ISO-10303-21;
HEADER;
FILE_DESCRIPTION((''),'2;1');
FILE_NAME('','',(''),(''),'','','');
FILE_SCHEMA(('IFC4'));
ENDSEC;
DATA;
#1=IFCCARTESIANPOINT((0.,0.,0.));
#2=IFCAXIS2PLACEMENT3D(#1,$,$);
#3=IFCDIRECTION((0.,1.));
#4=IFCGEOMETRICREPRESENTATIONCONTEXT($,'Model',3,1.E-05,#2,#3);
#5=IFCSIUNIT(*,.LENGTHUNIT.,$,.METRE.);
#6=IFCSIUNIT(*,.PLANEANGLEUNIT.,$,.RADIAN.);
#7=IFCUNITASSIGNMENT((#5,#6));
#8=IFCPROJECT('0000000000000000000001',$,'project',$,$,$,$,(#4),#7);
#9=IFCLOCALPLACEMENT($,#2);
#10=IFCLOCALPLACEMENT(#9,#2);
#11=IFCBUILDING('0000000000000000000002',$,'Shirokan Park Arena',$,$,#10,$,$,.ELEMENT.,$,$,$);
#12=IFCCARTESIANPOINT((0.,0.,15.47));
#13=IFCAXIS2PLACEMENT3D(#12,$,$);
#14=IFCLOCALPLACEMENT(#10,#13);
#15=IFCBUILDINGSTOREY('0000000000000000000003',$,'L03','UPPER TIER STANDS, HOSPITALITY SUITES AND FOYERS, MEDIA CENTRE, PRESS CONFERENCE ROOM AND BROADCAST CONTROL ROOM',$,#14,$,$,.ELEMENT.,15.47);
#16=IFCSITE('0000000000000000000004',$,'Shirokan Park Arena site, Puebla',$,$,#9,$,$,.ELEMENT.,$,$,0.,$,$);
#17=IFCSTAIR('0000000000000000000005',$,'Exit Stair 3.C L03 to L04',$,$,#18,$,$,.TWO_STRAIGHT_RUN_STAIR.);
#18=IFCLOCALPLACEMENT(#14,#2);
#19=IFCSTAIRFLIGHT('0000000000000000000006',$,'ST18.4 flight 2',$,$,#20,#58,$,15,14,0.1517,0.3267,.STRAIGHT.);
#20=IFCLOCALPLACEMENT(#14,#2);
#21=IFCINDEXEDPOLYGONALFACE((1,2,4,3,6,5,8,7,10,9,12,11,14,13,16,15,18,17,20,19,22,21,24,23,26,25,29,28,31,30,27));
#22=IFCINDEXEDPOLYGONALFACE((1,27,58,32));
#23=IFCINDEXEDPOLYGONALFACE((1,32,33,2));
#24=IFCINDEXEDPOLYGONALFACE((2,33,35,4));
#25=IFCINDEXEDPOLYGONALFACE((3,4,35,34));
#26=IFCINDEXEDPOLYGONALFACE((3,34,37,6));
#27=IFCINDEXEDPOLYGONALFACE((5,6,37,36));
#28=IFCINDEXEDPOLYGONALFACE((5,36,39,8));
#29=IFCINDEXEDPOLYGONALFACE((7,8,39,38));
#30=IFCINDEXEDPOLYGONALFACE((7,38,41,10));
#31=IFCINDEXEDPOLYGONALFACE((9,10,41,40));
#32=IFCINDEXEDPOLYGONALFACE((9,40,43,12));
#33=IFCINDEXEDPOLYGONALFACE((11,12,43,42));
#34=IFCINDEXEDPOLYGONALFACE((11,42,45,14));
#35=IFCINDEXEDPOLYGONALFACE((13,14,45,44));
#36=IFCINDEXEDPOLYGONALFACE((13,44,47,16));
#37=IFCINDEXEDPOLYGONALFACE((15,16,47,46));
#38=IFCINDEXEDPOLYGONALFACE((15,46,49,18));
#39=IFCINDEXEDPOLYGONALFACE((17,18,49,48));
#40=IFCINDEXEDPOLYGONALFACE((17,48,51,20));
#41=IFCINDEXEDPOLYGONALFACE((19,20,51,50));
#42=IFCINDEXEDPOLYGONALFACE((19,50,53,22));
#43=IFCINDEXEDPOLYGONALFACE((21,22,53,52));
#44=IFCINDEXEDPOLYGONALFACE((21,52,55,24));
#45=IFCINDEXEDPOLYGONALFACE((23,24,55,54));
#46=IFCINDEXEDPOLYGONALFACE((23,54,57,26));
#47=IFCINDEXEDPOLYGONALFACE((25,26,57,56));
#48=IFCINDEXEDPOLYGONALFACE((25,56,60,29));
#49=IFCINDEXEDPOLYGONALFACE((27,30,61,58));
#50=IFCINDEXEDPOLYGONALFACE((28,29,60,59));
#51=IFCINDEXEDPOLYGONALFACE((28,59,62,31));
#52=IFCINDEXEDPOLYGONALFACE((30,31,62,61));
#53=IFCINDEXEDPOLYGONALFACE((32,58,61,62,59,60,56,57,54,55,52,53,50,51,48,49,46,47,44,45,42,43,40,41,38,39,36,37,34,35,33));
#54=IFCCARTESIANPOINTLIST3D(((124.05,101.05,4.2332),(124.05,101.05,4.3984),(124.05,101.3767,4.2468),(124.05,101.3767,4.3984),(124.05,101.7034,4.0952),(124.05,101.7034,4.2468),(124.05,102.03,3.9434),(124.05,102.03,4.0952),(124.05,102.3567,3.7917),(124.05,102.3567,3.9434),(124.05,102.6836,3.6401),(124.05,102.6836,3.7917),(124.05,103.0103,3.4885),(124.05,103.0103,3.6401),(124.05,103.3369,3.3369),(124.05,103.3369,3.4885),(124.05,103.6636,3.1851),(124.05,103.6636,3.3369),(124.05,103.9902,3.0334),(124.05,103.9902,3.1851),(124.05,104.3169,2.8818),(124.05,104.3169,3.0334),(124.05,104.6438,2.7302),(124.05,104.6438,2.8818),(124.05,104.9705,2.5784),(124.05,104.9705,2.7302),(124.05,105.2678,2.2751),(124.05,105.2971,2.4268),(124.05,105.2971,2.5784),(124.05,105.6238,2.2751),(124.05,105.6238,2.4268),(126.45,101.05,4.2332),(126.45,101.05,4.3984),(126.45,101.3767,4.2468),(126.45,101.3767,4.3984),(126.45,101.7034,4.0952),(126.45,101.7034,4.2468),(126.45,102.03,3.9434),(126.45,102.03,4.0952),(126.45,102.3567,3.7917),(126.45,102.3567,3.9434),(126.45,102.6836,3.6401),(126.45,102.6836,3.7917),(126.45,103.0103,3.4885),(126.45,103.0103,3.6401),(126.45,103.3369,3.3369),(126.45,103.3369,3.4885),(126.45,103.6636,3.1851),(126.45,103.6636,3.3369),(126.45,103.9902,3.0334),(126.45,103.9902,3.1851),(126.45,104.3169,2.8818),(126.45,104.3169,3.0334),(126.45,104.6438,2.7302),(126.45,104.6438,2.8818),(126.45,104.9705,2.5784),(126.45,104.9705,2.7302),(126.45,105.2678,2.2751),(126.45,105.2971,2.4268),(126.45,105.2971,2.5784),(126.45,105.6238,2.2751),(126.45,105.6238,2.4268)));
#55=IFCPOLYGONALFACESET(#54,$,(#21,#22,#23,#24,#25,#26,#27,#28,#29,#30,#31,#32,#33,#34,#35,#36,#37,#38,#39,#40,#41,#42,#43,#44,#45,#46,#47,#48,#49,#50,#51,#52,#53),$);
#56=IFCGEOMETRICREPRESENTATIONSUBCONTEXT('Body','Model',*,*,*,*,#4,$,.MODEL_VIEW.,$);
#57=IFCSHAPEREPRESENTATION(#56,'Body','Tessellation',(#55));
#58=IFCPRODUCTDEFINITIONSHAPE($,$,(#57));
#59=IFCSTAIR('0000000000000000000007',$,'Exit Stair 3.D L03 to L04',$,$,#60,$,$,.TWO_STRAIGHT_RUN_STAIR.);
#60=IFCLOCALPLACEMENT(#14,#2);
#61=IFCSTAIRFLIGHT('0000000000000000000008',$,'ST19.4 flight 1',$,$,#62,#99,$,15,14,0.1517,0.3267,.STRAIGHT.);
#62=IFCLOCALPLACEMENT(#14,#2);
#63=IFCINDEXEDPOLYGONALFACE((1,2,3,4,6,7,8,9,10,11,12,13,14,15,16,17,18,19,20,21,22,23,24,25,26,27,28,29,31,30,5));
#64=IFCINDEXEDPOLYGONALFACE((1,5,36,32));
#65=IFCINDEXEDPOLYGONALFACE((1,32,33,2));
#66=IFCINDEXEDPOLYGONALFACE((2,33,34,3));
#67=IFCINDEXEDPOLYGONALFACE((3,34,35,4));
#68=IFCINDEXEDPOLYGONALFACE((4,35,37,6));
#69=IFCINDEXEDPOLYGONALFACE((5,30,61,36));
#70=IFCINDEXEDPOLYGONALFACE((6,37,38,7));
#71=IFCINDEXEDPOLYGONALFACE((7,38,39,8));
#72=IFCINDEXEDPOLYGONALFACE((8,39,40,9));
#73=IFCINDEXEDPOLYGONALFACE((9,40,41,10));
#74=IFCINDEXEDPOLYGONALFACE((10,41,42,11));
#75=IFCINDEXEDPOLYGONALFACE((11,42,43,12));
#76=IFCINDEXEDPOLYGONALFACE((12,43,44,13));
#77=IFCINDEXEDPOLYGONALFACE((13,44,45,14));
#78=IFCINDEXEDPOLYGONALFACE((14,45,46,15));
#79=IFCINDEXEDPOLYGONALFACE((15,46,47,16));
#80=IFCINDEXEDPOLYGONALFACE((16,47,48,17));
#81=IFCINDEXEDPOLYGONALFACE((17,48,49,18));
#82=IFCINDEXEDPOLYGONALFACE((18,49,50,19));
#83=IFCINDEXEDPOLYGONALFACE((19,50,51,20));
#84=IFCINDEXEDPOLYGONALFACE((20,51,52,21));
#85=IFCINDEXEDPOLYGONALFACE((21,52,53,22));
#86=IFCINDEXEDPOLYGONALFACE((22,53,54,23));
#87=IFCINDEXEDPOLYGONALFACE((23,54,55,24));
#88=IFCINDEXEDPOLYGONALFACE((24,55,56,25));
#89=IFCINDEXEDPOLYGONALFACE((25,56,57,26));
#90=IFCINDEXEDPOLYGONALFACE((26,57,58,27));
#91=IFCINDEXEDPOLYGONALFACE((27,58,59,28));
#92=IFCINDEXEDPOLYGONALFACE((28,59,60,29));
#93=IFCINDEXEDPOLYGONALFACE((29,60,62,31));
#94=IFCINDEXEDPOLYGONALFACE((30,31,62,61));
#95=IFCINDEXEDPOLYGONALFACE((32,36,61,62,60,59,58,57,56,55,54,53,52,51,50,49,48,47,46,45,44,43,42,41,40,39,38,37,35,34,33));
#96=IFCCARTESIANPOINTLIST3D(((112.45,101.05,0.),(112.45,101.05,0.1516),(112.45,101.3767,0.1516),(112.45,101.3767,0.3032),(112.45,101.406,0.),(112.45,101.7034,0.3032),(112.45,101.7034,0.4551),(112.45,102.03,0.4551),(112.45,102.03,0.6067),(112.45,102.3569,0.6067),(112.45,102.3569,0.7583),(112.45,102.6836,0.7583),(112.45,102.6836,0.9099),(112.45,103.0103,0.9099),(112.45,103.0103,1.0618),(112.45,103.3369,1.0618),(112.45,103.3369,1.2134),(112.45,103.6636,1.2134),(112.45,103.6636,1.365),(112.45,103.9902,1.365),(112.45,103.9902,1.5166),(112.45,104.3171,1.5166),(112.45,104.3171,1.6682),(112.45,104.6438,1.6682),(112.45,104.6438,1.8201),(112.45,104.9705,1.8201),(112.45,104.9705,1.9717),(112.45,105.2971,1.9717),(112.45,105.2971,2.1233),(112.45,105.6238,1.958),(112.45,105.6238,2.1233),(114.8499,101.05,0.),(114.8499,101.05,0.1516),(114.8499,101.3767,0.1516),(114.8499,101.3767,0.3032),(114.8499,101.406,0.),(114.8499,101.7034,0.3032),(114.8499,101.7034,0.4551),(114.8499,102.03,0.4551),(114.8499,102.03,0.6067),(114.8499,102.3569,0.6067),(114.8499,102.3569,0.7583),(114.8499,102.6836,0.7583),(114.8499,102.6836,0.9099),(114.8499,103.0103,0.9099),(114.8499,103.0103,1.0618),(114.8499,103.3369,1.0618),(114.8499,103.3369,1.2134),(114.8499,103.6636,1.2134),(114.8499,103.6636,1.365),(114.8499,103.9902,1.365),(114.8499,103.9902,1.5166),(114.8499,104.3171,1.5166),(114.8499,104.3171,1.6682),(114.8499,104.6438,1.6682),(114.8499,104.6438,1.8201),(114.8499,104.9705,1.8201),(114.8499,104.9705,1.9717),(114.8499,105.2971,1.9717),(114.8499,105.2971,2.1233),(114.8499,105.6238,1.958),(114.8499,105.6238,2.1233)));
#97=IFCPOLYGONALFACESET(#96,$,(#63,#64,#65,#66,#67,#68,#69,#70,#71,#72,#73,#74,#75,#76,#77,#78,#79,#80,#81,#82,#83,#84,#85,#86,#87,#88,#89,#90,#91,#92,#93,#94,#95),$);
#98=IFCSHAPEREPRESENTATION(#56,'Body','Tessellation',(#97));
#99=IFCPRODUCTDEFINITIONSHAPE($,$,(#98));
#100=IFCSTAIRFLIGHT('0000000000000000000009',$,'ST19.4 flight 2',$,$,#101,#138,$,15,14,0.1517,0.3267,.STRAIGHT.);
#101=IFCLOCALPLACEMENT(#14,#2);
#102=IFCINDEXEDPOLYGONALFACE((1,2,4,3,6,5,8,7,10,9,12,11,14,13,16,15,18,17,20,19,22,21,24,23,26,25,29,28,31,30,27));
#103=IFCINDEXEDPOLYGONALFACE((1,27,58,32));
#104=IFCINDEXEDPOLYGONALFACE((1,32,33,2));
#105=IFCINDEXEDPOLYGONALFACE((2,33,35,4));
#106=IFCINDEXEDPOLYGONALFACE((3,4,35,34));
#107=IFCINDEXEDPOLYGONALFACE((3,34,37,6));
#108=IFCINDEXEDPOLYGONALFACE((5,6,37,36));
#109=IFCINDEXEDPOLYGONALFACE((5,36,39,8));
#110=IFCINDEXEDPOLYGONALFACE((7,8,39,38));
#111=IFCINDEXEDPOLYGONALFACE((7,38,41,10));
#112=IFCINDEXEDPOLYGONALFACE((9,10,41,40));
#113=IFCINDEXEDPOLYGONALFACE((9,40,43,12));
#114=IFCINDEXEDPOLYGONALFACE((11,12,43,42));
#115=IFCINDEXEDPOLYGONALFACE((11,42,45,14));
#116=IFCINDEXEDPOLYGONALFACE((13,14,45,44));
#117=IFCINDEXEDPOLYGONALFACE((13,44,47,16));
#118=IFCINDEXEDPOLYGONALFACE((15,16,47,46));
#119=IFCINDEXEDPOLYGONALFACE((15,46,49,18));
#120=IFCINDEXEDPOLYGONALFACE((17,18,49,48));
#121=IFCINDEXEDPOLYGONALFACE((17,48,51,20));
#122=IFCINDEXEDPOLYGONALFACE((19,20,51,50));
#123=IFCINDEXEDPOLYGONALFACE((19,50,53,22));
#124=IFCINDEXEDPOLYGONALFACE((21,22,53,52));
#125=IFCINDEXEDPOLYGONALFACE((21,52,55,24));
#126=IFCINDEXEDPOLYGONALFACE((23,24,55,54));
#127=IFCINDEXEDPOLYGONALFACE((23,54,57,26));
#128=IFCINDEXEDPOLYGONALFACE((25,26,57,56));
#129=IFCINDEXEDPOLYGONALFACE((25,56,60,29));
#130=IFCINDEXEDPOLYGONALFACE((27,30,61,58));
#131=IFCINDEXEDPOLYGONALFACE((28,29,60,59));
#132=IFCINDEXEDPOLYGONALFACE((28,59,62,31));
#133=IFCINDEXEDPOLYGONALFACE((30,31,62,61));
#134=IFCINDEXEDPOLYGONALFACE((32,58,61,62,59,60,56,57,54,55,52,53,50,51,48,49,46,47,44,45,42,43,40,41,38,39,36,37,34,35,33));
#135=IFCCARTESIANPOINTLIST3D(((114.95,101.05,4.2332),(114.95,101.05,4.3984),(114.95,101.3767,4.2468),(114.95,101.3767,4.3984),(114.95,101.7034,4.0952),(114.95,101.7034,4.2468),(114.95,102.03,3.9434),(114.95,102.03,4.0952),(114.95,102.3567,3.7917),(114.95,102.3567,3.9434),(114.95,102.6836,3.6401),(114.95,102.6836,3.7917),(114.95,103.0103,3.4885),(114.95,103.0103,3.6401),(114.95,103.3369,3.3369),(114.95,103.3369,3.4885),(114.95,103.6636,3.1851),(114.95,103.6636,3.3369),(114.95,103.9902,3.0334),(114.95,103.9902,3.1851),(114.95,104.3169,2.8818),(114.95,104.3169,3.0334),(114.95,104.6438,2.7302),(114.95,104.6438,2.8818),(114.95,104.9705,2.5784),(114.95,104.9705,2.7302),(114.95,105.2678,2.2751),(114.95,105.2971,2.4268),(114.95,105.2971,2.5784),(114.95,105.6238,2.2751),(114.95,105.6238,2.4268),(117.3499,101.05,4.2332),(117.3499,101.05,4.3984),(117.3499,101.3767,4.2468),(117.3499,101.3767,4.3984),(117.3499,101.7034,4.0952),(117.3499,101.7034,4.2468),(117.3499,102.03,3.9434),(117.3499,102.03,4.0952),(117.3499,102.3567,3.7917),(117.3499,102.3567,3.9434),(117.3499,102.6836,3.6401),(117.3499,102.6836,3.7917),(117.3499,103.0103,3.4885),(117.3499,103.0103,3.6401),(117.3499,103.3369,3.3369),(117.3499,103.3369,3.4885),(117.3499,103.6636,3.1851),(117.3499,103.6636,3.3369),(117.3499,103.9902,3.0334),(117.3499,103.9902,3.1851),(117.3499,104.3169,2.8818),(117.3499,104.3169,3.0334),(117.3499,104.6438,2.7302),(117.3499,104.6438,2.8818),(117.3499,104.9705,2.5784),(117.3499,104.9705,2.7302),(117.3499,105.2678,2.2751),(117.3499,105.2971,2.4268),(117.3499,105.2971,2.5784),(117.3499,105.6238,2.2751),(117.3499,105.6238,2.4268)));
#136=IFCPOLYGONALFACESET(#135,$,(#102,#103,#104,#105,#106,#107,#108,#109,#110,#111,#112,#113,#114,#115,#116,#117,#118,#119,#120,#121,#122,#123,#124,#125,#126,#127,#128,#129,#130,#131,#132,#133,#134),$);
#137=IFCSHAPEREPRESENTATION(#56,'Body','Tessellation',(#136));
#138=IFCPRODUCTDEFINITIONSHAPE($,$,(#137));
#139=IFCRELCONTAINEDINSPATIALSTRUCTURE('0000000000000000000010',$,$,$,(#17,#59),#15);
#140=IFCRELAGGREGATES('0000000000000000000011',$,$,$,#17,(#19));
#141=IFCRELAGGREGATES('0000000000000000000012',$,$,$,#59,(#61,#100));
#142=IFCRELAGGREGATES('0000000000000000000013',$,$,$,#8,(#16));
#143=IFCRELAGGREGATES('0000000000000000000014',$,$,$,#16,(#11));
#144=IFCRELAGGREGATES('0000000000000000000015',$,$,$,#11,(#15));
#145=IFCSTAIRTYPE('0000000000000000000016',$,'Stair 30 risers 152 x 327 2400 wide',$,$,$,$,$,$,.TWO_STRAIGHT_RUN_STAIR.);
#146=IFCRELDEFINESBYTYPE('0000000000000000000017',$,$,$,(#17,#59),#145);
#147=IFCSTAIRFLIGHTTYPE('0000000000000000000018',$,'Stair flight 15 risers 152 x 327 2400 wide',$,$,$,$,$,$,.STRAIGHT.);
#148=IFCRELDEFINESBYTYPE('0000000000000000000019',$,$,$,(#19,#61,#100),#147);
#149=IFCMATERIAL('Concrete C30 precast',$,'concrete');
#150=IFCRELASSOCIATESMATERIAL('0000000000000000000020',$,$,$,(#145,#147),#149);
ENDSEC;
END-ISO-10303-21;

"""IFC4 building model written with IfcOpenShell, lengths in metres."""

from ifc_helpers import new_model, si_unit, direction, frame, origin, place, context, subcontext, project, spatial, polyline, outline, extrude, material, type_object, element, aggregate, save


model = new_model("IFC4")

# Units and contexts
model_context = context("Model", 3, precision=1e-05, world=origin(), true_north=direction((0.0, 1.0)))
body_context = subcontext(model_context, "Body", "Model", "MODEL_VIEW")
ifc_project = project(units=[si_unit("LENGTHUNIT", "METRE"), si_unit("PLANEANGLEUNIT", "RADIAN")], contexts=[model_context])

# Site, building, storey
site_placement = place(None, origin())
site = spatial("IfcSite", under=ifc_project, at=site_placement, Name="Shirokan Park Arena site, Puebla", CompositionType="ELEMENT", RefElevation=0.0)
building_placement = place(site_placement, origin())
building = spatial("IfcBuilding", under=site, at=building_placement, Name="Shirokan Park Arena", CompositionType="ELEMENT")
storey_placement = place(building_placement, frame((0.0, 0.0, 15.47)))
storey = spatial("IfcBuildingStorey", under=building, at=storey_placement, Name="L03", Description="UPPER TIER STANDS, HOSPITALITY SUITES AND FOYERS, MEDIA CENTRE, PRESS CONFERENCE ROOM AND BROADCAST CONTROL ROOM", CompositionType="ELEMENT", Elevation=15.47)

# Stairs, stair flights
ifc_material_1 = material(Name="Concrete C30 precast", Category="concrete")
stair_type = type_object("IfcStairType", Name="Stair 30 risers 152 x 327 2400 wide", PredefinedType="TWO_STRAIGHT_RUN_STAIR", material=ifc_material_1)
stair_1_placement = place(storey_placement, origin())
stair_1 = element("IfcStair", 1, at=stair_1_placement, inside=storey, type_object=stair_type, Name="Exit Stair 3.C L03 to L04", PredefinedType="TWO_STRAIGHT_RUN_STAIR")
stair_flight_type = type_object("IfcStairFlightType", Name="Stair flight 15 risers 152 x 327 2400 wide", PredefinedType="STRAIGHT", material=ifc_material_1)
stair_flight_1_placement = place(storey_placement, frame((125.25, 105.6238, 2.2751), z_axis=(0.0, 0.0, 1.0), x_axis=(0.0, -1.0, 0.0)))
stair_flight_1 = element("IfcStairFlight", 2, at=stair_flight_1_placement, type_object=stair_flight_type, Name="ST18.4 flight 2", NumberOfRisers=15, NumberOfTreads=14, PredefinedType="STRAIGHT", RiserHeight=0.1517, TreadLength=0.3267, context=body_context, shape_type="SweptSolid", body=[
    extrude(outline(polyline([(0.0, 0.0), (0.0, 0.1516), (0.3267, 0.1516), (0.3267, 0.3032), (0.6533, 0.3032), (0.6533, 0.4551), (0.98, 0.4551), (0.98, 0.6067), (1.3069, 0.6067), (1.3069, 0.7583), (1.6335, 0.7583), (1.6335, 0.9099), (1.9602, 0.9099), (1.9602, 1.0618), (2.2869, 1.0618), (2.2869, 1.2134), (2.6135, 1.2134), (2.6135, 1.365), (2.9402, 1.365), (2.9402, 1.5166), (3.2671, 1.5166), (3.2671, 1.6682), (3.5938, 1.6682), (3.5938, 1.8201), (3.9204, 1.8201), (3.9204, 1.9717), (4.2471, 1.9717), (4.2471, 2.1233), (4.5737, 2.1233), (4.5737, 2.2749), (4.5737, 1.958), (0.356, 0.0), (0.0, 0.0)])), frame((0.0, 1.2, 0.0), z_axis=(0.0, -1.0, 0.0), x_axis=(1.0, 0.0, 0.0)), (0.0, 0.0, 1.0), 2.3999),
])
aggregate(stair_1, [stair_flight_1])
stair_2_placement = place(storey_placement, origin())
stair_2 = element("IfcStair", 3, at=stair_2_placement, inside=storey, type_object=stair_type, Name="Exit Stair 3.D L03 to L04", PredefinedType="TWO_STRAIGHT_RUN_STAIR")
stair_flight_2_placement = place(storey_placement, frame((113.6499, 101.05, 0.0), z_axis=(0.0, 0.0, 1.0), x_axis=(0.0, 1.0, 0.0)))
stair_flight_2 = element("IfcStairFlight", 4, at=stair_flight_2_placement, type_object=stair_flight_type, Name="ST19.4 flight 1", NumberOfRisers=15, NumberOfTreads=14, PredefinedType="STRAIGHT", RiserHeight=0.1517, TreadLength=0.3267, context=body_context, shape_type="SweptSolid", body=[
    extrude(outline(polyline([(0.0, 0.0), (0.0, 0.1516), (0.3267, 0.1516), (0.3267, 0.3032), (0.6533, 0.3032), (0.6533, 0.4551), (0.98, 0.4551), (0.98, 0.6067), (1.3069, 0.6067), (1.3069, 0.7583), (1.6335, 0.7583), (1.6335, 0.9099), (1.9602, 0.9099), (1.9602, 1.0618), (2.2869, 1.0618), (2.2869, 1.2134), (2.6135, 1.2134), (2.6135, 1.365), (2.9402, 1.365), (2.9402, 1.5166), (3.2671, 1.5166), (3.2671, 1.6682), (3.5938, 1.6682), (3.5938, 1.8201), (3.9204, 1.8201), (3.9204, 1.9717), (4.2471, 1.9717), (4.2471, 2.1233), (4.5737, 2.1233), (4.5737, 2.2749), (4.5737, 1.958), (0.356, 0.0), (0.0, 0.0)])), frame((0.0, 1.2, 0.0), z_axis=(0.0, -1.0, 0.0), x_axis=(1.0, 0.0, 0.0)), (0.0, 0.0, 1.0), 2.3999),
])
stair_flight_3_placement = place(storey_placement, frame((116.1499, 105.6238, 2.2751), z_axis=(0.0, 0.0, 1.0), x_axis=(0.0, -1.0, 0.0)))
stair_flight_3 = element("IfcStairFlight", 5, at=stair_flight_3_placement, type_object=stair_flight_type, Name="ST19.4 flight 2", NumberOfRisers=15, NumberOfTreads=14, PredefinedType="STRAIGHT", RiserHeight=0.1517, TreadLength=0.3267, context=body_context, shape_type="SweptSolid", body=[
    extrude(outline(polyline([(0.0, 0.0), (0.0, 0.1516), (0.3267, 0.1516), (0.3267, 0.3032), (0.6533, 0.3032), (0.6533, 0.4551), (0.98, 0.4551), (0.98, 0.6067), (1.3069, 0.6067), (1.3069, 0.7583), (1.6335, 0.7583), (1.6335, 0.9099), (1.9602, 0.9099), (1.9602, 1.0618), (2.2869, 1.0618), (2.2869, 1.2134), (2.6135, 1.2134), (2.6135, 1.365), (2.9402, 1.365), (2.9402, 1.5166), (3.2671, 1.5166), (3.2671, 1.6682), (3.5938, 1.6682), (3.5938, 1.8201), (3.9204, 1.8201), (3.9204, 1.9717), (4.2471, 1.9717), (4.2471, 2.1233), (4.5737, 2.1233), (4.5737, 2.2749), (4.5737, 1.958), (0.356, 0.0), (0.0, 0.0)])), frame((0.0, 1.2, 0.0), z_axis=(0.0, -1.0, 0.0), x_axis=(1.0, 0.0, 0.0)), (0.0, 0.0, 1.0), 2.3999),
])
aggregate(stair_2, [stair_flight_2, stair_flight_3])

save(model, "model.ifc")
